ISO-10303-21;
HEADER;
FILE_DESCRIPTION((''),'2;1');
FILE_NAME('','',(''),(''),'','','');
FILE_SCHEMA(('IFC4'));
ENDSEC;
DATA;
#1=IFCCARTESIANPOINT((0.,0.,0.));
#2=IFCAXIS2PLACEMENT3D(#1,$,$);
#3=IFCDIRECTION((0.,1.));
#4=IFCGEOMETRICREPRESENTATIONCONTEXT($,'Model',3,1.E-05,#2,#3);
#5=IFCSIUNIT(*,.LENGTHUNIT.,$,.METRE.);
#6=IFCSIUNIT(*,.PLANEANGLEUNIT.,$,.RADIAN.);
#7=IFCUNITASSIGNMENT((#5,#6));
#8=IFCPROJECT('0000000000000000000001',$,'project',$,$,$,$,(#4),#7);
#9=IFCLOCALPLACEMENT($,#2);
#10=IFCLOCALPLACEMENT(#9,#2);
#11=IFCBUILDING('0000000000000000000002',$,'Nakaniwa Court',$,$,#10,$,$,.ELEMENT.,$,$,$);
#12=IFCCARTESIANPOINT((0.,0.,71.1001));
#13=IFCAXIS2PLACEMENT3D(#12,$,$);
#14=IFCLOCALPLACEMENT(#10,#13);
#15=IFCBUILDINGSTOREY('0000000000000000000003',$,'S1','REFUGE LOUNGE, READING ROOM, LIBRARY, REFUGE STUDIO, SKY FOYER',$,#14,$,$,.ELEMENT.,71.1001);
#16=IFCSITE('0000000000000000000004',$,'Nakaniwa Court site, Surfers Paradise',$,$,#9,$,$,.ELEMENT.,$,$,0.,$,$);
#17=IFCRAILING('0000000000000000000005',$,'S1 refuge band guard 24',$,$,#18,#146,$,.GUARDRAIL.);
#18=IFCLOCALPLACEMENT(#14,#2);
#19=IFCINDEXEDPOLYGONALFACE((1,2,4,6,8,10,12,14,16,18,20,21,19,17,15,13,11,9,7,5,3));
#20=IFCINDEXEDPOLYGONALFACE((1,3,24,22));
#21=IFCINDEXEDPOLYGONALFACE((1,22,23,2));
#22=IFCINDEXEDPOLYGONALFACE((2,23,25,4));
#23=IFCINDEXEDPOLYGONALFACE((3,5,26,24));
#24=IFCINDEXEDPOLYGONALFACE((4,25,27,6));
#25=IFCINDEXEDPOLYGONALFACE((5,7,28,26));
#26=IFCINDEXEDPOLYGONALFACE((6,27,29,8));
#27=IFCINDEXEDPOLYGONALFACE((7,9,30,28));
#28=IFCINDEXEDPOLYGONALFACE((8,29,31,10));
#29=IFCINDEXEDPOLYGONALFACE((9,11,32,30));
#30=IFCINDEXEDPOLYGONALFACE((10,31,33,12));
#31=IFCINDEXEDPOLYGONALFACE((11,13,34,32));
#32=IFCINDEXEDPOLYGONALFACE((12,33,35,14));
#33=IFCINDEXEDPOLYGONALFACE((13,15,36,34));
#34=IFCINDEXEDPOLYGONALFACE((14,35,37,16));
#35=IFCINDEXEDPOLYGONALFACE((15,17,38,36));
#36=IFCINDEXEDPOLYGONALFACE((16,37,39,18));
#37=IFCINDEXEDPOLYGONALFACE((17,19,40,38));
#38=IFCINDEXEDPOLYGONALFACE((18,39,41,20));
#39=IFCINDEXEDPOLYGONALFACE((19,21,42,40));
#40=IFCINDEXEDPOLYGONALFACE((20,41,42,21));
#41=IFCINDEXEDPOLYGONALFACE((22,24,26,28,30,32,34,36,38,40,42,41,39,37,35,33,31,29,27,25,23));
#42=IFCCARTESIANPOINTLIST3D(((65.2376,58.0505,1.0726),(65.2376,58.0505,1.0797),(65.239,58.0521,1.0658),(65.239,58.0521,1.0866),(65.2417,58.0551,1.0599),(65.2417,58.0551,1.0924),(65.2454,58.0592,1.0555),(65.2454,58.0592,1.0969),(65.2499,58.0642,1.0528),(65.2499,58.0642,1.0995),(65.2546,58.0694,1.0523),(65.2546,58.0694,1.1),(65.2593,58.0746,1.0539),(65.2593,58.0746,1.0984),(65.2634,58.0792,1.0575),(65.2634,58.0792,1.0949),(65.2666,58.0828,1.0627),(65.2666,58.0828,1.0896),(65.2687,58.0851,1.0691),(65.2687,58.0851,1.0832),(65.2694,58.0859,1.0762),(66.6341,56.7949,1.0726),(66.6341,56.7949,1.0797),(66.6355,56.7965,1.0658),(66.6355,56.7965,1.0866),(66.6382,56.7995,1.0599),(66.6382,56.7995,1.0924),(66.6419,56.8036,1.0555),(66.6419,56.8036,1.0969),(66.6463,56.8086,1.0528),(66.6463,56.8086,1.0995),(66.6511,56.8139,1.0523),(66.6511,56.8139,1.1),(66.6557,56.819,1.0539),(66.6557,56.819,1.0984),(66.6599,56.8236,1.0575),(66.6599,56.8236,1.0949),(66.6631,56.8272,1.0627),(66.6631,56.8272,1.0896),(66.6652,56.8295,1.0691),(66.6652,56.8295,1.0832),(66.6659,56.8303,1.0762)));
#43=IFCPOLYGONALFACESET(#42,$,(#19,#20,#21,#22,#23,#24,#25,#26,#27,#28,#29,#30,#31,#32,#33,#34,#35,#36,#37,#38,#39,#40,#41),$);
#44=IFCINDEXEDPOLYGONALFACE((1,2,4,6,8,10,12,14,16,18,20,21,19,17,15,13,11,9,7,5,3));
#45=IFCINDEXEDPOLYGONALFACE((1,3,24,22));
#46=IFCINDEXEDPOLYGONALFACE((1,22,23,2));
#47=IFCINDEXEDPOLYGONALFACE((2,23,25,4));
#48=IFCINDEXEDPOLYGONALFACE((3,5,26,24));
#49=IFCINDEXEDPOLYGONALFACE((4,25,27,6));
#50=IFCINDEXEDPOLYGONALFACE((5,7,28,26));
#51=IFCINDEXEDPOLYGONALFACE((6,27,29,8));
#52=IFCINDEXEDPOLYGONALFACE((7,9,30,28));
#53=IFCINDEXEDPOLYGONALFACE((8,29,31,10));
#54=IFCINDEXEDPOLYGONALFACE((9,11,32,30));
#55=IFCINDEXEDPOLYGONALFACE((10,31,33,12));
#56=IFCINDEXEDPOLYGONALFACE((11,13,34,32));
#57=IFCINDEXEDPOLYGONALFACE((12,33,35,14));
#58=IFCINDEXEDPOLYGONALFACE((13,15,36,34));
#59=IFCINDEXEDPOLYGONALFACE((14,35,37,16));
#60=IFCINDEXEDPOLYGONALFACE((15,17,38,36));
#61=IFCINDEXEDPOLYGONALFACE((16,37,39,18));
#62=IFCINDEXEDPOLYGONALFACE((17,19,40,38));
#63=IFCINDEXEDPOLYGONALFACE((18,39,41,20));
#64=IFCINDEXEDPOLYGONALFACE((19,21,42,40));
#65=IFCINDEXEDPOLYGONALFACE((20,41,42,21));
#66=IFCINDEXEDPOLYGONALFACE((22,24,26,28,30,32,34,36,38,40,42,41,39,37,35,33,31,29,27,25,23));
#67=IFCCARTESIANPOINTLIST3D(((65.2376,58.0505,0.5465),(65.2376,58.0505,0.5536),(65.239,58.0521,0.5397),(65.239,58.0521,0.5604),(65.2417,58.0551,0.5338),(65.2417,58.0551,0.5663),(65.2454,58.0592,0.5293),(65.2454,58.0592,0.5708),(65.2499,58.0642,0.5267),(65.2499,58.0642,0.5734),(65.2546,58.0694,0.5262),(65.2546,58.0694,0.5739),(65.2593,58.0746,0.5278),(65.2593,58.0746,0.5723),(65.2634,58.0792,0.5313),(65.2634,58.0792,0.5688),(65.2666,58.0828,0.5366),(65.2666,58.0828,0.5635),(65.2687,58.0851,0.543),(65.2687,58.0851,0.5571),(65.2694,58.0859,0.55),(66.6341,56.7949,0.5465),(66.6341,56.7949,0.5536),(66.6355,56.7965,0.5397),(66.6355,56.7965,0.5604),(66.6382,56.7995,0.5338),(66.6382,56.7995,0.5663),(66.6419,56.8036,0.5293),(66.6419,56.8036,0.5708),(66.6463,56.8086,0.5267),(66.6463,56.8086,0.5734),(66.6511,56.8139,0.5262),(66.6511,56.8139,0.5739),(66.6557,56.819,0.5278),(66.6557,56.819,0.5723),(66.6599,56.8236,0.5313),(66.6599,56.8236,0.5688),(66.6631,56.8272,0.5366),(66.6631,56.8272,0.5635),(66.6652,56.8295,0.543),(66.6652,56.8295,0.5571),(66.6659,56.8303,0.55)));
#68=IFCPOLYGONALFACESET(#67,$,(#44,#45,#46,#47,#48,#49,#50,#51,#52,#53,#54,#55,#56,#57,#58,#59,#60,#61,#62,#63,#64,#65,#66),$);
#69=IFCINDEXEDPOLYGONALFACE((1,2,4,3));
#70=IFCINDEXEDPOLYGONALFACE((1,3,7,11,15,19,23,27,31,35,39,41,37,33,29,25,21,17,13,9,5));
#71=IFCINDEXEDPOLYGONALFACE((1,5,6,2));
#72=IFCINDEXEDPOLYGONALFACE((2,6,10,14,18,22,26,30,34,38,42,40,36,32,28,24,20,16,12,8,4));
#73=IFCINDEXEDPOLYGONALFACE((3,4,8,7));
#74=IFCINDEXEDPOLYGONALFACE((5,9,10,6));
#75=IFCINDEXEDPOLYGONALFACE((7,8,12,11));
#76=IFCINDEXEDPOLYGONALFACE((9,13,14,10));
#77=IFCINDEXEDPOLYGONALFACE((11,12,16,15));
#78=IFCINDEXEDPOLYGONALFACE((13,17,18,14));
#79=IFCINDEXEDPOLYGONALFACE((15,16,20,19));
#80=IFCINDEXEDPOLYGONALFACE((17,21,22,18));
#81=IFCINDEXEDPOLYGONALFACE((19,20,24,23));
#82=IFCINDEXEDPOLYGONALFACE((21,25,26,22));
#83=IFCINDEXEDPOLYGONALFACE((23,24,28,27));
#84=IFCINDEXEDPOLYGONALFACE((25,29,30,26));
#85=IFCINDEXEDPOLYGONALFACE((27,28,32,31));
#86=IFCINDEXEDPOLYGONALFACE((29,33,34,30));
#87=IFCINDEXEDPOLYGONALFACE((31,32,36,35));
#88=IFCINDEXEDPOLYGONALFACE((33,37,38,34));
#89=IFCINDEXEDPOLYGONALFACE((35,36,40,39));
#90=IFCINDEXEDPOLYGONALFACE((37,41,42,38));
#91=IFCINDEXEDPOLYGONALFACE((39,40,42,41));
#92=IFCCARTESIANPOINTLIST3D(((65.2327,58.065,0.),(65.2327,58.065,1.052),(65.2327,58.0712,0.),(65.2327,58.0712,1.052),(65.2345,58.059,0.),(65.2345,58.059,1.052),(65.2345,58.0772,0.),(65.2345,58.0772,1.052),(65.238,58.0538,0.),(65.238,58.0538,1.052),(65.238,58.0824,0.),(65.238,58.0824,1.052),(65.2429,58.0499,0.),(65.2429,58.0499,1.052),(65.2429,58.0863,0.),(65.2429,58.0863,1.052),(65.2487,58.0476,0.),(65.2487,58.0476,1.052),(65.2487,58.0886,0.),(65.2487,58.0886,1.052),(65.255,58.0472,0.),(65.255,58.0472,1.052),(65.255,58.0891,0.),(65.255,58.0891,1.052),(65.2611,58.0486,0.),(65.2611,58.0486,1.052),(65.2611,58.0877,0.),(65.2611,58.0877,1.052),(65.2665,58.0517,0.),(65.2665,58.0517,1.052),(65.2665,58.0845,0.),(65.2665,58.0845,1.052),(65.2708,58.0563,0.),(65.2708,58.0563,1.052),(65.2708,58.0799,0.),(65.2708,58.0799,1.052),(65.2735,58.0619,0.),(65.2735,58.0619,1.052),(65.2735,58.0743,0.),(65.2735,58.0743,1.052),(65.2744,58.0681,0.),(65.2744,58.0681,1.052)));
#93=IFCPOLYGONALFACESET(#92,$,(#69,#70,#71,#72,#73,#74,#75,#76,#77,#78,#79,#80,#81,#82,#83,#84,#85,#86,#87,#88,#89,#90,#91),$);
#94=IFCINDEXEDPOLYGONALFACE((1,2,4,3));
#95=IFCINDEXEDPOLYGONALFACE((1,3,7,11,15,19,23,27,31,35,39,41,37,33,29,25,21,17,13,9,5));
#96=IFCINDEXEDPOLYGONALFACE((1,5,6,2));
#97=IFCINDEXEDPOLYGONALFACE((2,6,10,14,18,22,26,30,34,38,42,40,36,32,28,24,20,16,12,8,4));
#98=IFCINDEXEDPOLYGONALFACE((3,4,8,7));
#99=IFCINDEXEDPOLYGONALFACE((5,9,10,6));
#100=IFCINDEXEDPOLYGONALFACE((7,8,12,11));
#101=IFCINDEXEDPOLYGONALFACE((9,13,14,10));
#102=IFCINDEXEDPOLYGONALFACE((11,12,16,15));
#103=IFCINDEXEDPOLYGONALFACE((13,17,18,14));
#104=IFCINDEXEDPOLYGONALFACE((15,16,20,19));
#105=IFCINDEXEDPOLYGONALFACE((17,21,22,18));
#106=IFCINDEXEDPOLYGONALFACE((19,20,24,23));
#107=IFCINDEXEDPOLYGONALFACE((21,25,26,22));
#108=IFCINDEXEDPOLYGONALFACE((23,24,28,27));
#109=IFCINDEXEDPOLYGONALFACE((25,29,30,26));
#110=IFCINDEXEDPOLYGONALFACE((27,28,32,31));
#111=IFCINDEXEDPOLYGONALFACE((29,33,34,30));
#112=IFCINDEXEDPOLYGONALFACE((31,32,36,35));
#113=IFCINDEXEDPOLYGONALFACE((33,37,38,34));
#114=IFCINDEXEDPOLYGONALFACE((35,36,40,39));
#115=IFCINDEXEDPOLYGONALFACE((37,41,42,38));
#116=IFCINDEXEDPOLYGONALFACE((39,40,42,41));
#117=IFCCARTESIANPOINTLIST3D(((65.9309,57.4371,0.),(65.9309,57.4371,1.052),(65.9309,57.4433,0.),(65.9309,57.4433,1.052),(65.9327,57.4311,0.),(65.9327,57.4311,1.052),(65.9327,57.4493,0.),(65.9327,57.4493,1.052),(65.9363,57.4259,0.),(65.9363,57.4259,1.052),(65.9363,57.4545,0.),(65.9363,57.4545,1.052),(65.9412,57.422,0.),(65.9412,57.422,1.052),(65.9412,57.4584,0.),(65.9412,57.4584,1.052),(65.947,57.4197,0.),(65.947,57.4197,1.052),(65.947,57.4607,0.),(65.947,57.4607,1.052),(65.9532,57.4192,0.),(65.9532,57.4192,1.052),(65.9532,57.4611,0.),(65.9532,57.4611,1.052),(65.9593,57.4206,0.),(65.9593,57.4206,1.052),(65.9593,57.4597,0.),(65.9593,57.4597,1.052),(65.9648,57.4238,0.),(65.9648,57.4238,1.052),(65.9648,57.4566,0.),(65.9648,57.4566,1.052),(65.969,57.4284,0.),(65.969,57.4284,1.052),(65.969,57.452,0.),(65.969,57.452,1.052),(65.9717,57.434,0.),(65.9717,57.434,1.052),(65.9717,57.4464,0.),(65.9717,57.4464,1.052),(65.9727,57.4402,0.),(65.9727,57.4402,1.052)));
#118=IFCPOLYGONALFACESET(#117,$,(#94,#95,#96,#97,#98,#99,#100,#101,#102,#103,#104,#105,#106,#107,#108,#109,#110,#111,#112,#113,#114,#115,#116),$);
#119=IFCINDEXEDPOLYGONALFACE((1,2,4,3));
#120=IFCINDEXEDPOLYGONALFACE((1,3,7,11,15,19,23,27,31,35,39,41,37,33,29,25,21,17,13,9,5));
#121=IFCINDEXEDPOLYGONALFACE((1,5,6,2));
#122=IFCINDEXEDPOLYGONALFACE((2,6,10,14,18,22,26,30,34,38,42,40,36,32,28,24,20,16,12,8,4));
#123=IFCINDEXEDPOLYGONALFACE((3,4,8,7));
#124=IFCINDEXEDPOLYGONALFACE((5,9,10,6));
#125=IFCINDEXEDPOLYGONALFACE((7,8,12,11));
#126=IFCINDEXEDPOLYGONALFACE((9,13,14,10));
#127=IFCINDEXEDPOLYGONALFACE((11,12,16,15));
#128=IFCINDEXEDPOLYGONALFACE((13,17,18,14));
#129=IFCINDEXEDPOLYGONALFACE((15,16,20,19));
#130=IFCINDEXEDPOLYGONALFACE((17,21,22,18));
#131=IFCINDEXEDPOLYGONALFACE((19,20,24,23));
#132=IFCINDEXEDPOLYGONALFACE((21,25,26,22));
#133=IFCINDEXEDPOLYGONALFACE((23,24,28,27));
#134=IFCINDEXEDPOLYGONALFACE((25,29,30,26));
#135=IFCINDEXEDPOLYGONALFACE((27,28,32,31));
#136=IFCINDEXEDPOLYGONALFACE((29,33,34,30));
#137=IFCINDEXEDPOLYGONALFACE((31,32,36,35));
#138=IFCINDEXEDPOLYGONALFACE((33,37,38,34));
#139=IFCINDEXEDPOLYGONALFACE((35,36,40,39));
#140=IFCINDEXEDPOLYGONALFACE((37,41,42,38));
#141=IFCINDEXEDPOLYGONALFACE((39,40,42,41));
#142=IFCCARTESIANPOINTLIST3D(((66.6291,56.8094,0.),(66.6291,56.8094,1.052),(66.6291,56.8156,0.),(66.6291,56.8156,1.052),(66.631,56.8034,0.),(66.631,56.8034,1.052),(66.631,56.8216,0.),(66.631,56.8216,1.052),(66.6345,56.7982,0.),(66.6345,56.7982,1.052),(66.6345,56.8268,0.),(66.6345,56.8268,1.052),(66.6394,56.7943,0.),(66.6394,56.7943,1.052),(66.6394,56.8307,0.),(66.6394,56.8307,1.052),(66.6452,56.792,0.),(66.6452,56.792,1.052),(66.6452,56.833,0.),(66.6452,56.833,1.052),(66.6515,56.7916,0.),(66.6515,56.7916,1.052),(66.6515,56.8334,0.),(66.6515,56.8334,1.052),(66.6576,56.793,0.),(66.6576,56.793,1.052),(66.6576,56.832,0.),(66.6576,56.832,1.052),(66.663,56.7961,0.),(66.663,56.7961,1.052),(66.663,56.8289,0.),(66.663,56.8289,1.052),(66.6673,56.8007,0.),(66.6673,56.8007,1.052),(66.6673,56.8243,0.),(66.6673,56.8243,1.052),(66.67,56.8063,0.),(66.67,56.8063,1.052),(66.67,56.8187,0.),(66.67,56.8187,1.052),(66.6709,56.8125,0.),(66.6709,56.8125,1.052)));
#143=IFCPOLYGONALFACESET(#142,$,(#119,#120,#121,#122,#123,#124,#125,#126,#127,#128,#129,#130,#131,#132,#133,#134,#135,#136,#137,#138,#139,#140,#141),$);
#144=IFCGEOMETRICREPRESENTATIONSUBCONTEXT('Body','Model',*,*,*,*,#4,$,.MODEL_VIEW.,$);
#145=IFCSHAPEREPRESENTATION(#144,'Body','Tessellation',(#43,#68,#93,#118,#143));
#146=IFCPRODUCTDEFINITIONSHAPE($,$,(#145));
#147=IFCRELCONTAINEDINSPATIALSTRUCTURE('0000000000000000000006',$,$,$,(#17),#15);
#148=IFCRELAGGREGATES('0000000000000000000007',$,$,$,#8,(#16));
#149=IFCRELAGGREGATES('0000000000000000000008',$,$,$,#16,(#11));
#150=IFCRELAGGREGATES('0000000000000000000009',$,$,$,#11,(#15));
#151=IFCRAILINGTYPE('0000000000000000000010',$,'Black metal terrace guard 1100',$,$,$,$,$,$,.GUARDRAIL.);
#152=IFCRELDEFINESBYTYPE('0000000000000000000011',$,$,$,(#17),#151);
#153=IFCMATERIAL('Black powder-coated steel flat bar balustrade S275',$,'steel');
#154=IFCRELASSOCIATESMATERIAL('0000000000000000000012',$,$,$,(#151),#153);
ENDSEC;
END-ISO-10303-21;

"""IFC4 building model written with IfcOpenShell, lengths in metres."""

from ifc_helpers import new_model, si_unit, direction, frame, origin, origin_2d, place, context, subcontext, project, spatial, circle, extrude, material, type_object, element, save


model = new_model("IFC4")

# Units and contexts
model_context = context("Model", 3, precision=1e-05, world=origin(), true_north=direction((0.0, 1.0)))
body_context = subcontext(model_context, "Body", "Model", "MODEL_VIEW")
ifc_project = project(units=[si_unit("LENGTHUNIT", "METRE"), si_unit("PLANEANGLEUNIT", "RADIAN")], contexts=[model_context])

# Site, building, storey
site_placement = place(None, origin())
site = spatial("IfcSite", under=ifc_project, at=site_placement, Name="Nakaniwa Court site, Surfers Paradise", CompositionType="ELEMENT", RefElevation=0.0)
building_placement = place(site_placement, origin())
building = spatial("IfcBuilding", under=site, at=building_placement, Name="Nakaniwa Court", CompositionType="ELEMENT")
storey_placement = place(building_placement, frame((0.0, 0.0, 71.1001)))
storey = spatial("IfcBuildingStorey", under=building, at=storey_placement, Name="S1", Description="REFUGE LOUNGE, READING ROOM, LIBRARY, REFUGE STUDIO, SKY FOYER", CompositionType="ELEMENT", Elevation=71.1001)

# Railing
ifc_material_1 = material(Name="Black powder-coated steel flat bar balustrade S275", Category="steel")
railing_type = type_object("IfcRailingType", Name="Black metal terrace guard 1100", PredefinedType="GUARDRAIL", material=ifc_material_1)
railing_1_placement = place(storey_placement, frame((65.2534, 58.0681, 0.0)))
element("IfcRailing", 1, at=railing_1_placement, inside=storey, type_object=railing_type, Name="S1 refuge band guard 24", PredefinedType="GUARDRAIL", context=body_context, shape_type="SweptSolid", body=[
    extrude(circle(Radius=0.0239, at=origin_2d()), frame((0.0, 0.0, 1.0762), z_axis=(0.743617, -0.668606, 0.0), x_axis=(0.668606, 0.743617, 0.0)), (0.0, 0.0, 1.0), 1.8779),
    extrude(circle(Radius=0.0239, at=origin_2d()), frame((0.0, 0.0, 0.55), z_axis=(0.743617, -0.668606, 0.0), x_axis=(0.668606, 0.743617, 0.0)), (0.0, 0.0, 1.0), 1.8779),
    extrude(circle(Radius=0.021, at=origin_2d()), origin(), (0.0, 0.0, 1.0), 1.052),
    extrude(circle(Radius=0.021, at=origin_2d()), frame((0.6982, -0.6279, 0.0)), (0.0, 0.0, 1.0), 1.052),
    extrude(circle(Radius=0.021, at=origin_2d()), frame((1.3965, -1.2556, 0.0)), (0.0, 0.0, 1.0), 1.052),
])

save(model, "model.ifc")
